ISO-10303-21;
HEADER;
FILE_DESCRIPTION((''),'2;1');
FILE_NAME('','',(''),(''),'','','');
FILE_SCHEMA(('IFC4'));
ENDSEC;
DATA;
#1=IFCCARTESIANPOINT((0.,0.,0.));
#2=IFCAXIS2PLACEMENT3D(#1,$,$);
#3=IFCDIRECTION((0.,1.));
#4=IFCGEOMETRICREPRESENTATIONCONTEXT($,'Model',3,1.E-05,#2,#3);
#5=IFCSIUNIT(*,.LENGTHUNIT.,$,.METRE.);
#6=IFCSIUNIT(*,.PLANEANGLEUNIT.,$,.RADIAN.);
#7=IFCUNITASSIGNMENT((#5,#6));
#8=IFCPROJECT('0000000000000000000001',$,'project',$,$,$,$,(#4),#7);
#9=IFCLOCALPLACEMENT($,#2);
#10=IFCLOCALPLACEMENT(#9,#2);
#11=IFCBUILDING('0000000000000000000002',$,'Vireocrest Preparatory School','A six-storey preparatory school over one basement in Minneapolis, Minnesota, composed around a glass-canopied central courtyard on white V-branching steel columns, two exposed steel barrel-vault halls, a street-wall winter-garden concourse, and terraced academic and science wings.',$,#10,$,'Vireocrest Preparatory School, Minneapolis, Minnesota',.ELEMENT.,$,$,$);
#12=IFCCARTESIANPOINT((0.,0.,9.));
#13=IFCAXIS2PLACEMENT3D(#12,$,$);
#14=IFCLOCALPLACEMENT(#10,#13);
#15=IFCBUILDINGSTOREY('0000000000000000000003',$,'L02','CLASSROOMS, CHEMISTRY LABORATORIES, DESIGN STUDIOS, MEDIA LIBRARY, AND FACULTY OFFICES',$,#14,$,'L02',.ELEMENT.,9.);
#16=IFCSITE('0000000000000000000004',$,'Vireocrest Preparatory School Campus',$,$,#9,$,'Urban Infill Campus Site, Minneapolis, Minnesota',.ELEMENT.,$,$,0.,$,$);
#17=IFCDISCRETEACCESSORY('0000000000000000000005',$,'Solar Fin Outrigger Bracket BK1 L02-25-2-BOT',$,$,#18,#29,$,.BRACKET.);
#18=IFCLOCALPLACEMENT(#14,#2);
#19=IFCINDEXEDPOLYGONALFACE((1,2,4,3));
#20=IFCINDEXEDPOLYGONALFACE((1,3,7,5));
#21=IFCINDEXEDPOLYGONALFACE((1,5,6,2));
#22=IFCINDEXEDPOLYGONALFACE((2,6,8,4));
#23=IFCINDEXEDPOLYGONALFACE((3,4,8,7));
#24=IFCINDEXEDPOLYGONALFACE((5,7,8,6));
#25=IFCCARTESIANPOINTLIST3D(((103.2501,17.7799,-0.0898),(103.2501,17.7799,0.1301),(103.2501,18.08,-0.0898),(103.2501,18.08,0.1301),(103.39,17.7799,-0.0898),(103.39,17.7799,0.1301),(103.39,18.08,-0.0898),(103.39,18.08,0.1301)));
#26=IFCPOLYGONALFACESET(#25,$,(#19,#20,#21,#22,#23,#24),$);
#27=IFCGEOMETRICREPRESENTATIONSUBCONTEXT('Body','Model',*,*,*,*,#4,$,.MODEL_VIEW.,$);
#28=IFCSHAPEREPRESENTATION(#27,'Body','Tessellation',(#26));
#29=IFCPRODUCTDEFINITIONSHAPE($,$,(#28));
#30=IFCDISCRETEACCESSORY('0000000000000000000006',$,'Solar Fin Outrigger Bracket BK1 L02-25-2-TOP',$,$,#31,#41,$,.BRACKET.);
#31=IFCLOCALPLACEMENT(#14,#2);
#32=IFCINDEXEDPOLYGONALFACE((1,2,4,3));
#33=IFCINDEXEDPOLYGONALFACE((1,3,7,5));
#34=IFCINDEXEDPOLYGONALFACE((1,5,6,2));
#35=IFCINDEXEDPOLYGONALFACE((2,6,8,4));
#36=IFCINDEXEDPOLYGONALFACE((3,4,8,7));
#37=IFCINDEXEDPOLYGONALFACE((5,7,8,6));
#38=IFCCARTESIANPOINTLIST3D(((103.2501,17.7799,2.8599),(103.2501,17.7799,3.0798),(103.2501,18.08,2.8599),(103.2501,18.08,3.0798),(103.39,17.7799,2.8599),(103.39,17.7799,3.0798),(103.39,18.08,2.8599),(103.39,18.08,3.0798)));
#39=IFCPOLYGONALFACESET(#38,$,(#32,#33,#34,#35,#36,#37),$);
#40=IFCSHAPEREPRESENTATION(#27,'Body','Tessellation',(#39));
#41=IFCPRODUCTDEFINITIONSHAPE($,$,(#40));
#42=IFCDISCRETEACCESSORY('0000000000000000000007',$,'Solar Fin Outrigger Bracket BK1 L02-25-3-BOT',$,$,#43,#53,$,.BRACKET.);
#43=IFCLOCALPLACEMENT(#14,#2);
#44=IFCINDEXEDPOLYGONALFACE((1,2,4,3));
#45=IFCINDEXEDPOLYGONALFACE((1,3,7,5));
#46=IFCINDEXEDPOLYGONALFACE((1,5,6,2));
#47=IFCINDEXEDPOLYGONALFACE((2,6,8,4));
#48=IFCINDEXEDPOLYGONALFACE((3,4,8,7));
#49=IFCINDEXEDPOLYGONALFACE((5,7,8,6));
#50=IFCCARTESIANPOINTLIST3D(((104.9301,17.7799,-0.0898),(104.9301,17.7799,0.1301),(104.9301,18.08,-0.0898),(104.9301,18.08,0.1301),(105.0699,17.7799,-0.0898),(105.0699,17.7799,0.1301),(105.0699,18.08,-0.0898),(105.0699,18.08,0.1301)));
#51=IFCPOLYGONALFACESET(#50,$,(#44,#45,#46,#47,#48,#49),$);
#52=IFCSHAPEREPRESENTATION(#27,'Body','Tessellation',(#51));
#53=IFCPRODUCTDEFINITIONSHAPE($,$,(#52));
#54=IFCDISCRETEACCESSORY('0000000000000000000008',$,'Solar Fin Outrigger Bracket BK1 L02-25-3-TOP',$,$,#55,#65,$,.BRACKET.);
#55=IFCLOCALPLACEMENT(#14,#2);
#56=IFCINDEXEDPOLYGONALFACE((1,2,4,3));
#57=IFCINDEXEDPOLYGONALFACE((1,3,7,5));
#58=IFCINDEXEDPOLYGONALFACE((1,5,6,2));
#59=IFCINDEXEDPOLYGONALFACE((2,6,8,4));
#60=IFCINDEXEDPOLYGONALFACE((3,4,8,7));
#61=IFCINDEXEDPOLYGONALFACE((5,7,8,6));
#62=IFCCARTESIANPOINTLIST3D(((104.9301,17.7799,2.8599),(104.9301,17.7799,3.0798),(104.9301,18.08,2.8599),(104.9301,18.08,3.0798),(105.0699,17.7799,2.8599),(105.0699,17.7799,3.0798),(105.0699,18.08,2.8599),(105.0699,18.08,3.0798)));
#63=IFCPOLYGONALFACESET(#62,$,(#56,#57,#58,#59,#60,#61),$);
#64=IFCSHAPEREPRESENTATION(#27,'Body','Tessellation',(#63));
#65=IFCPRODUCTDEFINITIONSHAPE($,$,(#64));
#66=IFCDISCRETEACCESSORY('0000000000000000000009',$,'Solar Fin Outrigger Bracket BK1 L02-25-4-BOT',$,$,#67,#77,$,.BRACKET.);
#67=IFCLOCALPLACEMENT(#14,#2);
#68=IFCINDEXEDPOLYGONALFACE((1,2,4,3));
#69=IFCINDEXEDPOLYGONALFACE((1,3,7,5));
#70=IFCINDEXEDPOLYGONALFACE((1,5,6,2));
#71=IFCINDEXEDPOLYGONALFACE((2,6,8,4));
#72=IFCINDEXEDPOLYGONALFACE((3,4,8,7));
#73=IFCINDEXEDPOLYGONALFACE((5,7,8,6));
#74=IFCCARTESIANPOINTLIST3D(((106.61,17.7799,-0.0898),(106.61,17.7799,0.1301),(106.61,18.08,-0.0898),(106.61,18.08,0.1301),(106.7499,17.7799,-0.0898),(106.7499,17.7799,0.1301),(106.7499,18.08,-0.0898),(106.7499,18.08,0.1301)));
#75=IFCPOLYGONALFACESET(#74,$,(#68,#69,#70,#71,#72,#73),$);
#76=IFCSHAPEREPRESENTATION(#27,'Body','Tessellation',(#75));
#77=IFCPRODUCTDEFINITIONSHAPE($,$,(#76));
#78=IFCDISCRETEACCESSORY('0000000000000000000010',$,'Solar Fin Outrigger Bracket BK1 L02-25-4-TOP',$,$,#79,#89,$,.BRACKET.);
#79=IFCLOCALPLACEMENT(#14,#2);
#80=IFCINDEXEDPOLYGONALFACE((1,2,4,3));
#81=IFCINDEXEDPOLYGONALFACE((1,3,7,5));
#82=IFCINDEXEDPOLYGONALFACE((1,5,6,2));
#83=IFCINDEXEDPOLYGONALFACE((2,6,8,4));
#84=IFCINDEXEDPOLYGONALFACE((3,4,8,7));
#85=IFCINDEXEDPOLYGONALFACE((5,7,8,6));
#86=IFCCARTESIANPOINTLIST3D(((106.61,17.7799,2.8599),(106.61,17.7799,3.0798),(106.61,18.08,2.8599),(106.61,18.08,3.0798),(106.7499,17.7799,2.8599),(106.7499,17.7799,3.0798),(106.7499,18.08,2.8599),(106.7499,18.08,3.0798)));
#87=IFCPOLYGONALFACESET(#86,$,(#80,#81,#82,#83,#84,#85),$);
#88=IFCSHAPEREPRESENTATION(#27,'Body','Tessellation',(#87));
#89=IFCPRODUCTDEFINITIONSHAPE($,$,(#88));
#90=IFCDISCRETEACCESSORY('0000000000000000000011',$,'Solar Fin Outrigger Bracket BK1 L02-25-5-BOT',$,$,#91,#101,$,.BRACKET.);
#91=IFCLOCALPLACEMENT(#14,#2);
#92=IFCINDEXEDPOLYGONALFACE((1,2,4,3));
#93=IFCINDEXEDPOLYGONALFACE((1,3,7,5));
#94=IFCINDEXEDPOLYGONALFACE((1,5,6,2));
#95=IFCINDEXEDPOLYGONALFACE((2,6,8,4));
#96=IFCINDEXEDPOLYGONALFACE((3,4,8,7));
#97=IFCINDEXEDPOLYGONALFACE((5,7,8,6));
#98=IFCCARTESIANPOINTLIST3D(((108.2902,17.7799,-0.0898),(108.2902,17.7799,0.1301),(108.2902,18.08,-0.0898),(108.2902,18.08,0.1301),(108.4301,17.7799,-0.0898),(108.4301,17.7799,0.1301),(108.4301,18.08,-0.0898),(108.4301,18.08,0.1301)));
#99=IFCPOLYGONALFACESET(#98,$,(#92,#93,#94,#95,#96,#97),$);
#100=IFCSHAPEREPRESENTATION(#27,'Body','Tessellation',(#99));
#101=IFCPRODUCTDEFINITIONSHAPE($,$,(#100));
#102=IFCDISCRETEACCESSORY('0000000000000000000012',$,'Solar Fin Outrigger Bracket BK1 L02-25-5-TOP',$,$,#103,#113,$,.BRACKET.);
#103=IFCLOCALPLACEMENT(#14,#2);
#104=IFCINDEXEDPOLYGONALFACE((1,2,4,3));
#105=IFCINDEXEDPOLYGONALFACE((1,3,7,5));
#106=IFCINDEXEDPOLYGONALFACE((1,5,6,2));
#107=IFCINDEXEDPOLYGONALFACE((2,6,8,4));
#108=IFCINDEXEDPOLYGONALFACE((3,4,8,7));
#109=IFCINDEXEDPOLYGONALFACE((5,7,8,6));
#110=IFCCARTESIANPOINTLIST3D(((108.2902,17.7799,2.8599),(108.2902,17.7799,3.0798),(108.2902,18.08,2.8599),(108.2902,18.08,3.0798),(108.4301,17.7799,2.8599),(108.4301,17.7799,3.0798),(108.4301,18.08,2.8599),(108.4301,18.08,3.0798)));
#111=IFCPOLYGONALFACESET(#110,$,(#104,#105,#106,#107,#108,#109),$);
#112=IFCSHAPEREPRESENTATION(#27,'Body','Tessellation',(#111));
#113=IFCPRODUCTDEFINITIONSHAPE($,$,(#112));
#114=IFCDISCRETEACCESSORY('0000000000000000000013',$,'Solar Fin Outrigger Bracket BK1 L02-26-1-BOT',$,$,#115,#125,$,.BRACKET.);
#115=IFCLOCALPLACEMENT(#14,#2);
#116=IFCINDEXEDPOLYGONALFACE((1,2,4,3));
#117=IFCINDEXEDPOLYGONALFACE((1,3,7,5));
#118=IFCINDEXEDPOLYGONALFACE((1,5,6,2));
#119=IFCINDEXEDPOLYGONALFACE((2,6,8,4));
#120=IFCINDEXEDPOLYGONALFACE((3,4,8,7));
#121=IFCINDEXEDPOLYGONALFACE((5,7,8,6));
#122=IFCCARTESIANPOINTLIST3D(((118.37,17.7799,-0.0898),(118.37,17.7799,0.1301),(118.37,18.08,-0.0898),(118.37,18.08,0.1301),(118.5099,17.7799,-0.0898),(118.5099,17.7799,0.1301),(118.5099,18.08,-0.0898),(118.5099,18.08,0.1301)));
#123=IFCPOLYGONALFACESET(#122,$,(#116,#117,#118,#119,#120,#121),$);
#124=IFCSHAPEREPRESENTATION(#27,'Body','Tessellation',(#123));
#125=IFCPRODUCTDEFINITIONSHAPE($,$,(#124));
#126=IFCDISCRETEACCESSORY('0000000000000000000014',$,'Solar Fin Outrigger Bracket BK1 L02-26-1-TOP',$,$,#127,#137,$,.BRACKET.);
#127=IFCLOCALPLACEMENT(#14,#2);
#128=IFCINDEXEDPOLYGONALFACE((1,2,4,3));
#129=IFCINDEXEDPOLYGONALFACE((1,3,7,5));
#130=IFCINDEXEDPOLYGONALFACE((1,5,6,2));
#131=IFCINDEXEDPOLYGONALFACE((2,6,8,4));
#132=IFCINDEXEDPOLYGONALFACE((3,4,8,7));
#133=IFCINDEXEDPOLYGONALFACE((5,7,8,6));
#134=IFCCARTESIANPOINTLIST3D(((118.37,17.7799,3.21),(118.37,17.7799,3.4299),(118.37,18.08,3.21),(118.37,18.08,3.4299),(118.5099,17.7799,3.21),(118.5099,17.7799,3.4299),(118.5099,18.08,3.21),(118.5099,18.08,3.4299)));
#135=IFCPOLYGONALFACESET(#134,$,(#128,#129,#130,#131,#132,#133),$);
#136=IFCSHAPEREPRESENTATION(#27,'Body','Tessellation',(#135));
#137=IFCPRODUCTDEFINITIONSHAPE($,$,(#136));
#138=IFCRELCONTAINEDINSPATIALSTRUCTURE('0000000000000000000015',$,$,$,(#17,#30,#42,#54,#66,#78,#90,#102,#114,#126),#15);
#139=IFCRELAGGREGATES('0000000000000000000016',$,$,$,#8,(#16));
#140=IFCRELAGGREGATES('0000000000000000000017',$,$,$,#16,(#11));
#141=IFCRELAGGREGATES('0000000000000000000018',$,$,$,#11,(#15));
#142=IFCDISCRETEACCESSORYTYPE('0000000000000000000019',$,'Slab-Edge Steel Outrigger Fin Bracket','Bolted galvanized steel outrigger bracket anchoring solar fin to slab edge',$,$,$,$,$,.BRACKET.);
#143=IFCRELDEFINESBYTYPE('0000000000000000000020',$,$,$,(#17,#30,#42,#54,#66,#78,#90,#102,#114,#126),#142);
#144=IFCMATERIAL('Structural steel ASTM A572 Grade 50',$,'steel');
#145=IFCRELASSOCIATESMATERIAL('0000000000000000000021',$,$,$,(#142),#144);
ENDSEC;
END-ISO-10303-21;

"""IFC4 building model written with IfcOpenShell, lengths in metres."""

from ifc_helpers import new_model, si_unit, direction, frame, origin, origin_2d, place, context, subcontext, project, spatial, rectangle, extrude, material, type_object, element, save


model = new_model("IFC4")

# Units and contexts
model_context = context("Model", 3, precision=1e-05, world=origin(), true_north=direction((0.0, 1.0)))
body_context = subcontext(model_context, "Body", "Model", "MODEL_VIEW")
ifc_project = project(units=[si_unit("LENGTHUNIT", "METRE"), si_unit("PLANEANGLEUNIT", "RADIAN")], contexts=[model_context])

# Site, building, storey
site_placement = place(None, origin())
site = spatial("IfcSite", under=ifc_project, at=site_placement, Name="Vireocrest Preparatory School Campus", LongName="Urban Infill Campus Site, Minneapolis, Minnesota", CompositionType="ELEMENT", RefElevation=0.0)
building_placement = place(site_placement, origin())
building = spatial("IfcBuilding", under=site, at=building_placement, Name="Vireocrest Preparatory School", Description="A six-storey preparatory school over one basement in Minneapolis, Minnesota, composed around a glass-canopied central courtyard on white V-branching steel columns, two exposed steel barrel-vault halls, a street-wall winter-garden concourse, and terraced academic and science wings.", LongName="Vireocrest Preparatory School, Minneapolis, Minnesota", CompositionType="ELEMENT")
storey_placement = place(building_placement, frame((0.0, 0.0, 9.0)))
storey = spatial("IfcBuildingStorey", under=building, at=storey_placement, Name="L02", Description="CLASSROOMS, CHEMISTRY LABORATORIES, DESIGN STUDIOS, MEDIA LIBRARY, AND FACULTY OFFICES", LongName="L02", CompositionType="ELEMENT", Elevation=9.0)

# Discrete accessories
ifc_material_1 = material(Name="Structural steel ASTM A572 Grade 50", Category="steel")
discrete_accessory_type = type_object("IfcDiscreteAccessoryType", Name="Slab-Edge Steel Outrigger Fin Bracket", Description="Bolted galvanized steel outrigger bracket anchoring solar fin to slab edge", PredefinedType="BRACKET", material=ifc_material_1)
for number, where, z_axis, x_axis, name in (
    (1, (103.3201, 17.9299, -0.0898), (0.0, 0.0, 1.0), (-1.0, 0.0, 0.0), "Solar Fin Outrigger Bracket BK1 L02-25-2-BOT"),
    (2, (103.3201, 17.9299, 2.8599), (0.0, 0.0, 1.0), (-1.0, 0.0, 0.0), "Solar Fin Outrigger Bracket BK1 L02-25-2-TOP"),
    (3, (105.0, 17.9299, -0.0898), (0.0, 0.0, 1.0), (-1.0, 0.0, 0.0), "Solar Fin Outrigger Bracket BK1 L02-25-3-BOT"),
    (4, (105.0, 17.9299, 2.8599), (0.0, 0.0, 1.0), (-1.0, 0.0, 0.0), "Solar Fin Outrigger Bracket BK1 L02-25-3-TOP"),
    (5, (106.6799, 17.9299, -0.0898), (0.0, 0.0, 1.0), (-1.0, 0.0, 0.0), "Solar Fin Outrigger Bracket BK1 L02-25-4-BOT"),
    (6, (106.6799, 17.9299, 2.8599), (0.0, 0.0, 1.0), (-1.0, 0.0, 0.0), "Solar Fin Outrigger Bracket BK1 L02-25-4-TOP"),
    (7, (108.3601, 17.9299, -0.0898), (0.0, 0.0, 1.0), (-1.0, 0.0, 0.0), "Solar Fin Outrigger Bracket BK1 L02-25-5-BOT"),
    (8, (108.3601, 17.9299, 2.8599), (0.0, 0.0, 1.0), (-1.0, 0.0, 0.0), "Solar Fin Outrigger Bracket BK1 L02-25-5-TOP"),
    (9, (118.4399, 17.9299, -0.0898), (0.0, 0.0, 1.0), (-1.0, 0.0, 0.0), "Solar Fin Outrigger Bracket BK1 L02-26-1-BOT"),
    (10, (118.4399, 17.9299, 3.21), (0.0, 0.0, 1.0), (-1.0, 0.0, 0.0), "Solar Fin Outrigger Bracket BK1 L02-26-1-TOP"),
):
    element("IfcDiscreteAccessory", number, at=place(storey_placement, frame(where, z_axis=z_axis, x_axis=x_axis)), inside=storey, type_object=discrete_accessory_type, Name=name, PredefinedType="BRACKET", context=body_context, shape_type="SweptSolid", body=[
        extrude(rectangle(XDim=0.1399, YDim=0.3, at=origin_2d()), origin(), (0.0, 0.0, 1.0), 0.22),
    ])

save(model, "model.ifc")
